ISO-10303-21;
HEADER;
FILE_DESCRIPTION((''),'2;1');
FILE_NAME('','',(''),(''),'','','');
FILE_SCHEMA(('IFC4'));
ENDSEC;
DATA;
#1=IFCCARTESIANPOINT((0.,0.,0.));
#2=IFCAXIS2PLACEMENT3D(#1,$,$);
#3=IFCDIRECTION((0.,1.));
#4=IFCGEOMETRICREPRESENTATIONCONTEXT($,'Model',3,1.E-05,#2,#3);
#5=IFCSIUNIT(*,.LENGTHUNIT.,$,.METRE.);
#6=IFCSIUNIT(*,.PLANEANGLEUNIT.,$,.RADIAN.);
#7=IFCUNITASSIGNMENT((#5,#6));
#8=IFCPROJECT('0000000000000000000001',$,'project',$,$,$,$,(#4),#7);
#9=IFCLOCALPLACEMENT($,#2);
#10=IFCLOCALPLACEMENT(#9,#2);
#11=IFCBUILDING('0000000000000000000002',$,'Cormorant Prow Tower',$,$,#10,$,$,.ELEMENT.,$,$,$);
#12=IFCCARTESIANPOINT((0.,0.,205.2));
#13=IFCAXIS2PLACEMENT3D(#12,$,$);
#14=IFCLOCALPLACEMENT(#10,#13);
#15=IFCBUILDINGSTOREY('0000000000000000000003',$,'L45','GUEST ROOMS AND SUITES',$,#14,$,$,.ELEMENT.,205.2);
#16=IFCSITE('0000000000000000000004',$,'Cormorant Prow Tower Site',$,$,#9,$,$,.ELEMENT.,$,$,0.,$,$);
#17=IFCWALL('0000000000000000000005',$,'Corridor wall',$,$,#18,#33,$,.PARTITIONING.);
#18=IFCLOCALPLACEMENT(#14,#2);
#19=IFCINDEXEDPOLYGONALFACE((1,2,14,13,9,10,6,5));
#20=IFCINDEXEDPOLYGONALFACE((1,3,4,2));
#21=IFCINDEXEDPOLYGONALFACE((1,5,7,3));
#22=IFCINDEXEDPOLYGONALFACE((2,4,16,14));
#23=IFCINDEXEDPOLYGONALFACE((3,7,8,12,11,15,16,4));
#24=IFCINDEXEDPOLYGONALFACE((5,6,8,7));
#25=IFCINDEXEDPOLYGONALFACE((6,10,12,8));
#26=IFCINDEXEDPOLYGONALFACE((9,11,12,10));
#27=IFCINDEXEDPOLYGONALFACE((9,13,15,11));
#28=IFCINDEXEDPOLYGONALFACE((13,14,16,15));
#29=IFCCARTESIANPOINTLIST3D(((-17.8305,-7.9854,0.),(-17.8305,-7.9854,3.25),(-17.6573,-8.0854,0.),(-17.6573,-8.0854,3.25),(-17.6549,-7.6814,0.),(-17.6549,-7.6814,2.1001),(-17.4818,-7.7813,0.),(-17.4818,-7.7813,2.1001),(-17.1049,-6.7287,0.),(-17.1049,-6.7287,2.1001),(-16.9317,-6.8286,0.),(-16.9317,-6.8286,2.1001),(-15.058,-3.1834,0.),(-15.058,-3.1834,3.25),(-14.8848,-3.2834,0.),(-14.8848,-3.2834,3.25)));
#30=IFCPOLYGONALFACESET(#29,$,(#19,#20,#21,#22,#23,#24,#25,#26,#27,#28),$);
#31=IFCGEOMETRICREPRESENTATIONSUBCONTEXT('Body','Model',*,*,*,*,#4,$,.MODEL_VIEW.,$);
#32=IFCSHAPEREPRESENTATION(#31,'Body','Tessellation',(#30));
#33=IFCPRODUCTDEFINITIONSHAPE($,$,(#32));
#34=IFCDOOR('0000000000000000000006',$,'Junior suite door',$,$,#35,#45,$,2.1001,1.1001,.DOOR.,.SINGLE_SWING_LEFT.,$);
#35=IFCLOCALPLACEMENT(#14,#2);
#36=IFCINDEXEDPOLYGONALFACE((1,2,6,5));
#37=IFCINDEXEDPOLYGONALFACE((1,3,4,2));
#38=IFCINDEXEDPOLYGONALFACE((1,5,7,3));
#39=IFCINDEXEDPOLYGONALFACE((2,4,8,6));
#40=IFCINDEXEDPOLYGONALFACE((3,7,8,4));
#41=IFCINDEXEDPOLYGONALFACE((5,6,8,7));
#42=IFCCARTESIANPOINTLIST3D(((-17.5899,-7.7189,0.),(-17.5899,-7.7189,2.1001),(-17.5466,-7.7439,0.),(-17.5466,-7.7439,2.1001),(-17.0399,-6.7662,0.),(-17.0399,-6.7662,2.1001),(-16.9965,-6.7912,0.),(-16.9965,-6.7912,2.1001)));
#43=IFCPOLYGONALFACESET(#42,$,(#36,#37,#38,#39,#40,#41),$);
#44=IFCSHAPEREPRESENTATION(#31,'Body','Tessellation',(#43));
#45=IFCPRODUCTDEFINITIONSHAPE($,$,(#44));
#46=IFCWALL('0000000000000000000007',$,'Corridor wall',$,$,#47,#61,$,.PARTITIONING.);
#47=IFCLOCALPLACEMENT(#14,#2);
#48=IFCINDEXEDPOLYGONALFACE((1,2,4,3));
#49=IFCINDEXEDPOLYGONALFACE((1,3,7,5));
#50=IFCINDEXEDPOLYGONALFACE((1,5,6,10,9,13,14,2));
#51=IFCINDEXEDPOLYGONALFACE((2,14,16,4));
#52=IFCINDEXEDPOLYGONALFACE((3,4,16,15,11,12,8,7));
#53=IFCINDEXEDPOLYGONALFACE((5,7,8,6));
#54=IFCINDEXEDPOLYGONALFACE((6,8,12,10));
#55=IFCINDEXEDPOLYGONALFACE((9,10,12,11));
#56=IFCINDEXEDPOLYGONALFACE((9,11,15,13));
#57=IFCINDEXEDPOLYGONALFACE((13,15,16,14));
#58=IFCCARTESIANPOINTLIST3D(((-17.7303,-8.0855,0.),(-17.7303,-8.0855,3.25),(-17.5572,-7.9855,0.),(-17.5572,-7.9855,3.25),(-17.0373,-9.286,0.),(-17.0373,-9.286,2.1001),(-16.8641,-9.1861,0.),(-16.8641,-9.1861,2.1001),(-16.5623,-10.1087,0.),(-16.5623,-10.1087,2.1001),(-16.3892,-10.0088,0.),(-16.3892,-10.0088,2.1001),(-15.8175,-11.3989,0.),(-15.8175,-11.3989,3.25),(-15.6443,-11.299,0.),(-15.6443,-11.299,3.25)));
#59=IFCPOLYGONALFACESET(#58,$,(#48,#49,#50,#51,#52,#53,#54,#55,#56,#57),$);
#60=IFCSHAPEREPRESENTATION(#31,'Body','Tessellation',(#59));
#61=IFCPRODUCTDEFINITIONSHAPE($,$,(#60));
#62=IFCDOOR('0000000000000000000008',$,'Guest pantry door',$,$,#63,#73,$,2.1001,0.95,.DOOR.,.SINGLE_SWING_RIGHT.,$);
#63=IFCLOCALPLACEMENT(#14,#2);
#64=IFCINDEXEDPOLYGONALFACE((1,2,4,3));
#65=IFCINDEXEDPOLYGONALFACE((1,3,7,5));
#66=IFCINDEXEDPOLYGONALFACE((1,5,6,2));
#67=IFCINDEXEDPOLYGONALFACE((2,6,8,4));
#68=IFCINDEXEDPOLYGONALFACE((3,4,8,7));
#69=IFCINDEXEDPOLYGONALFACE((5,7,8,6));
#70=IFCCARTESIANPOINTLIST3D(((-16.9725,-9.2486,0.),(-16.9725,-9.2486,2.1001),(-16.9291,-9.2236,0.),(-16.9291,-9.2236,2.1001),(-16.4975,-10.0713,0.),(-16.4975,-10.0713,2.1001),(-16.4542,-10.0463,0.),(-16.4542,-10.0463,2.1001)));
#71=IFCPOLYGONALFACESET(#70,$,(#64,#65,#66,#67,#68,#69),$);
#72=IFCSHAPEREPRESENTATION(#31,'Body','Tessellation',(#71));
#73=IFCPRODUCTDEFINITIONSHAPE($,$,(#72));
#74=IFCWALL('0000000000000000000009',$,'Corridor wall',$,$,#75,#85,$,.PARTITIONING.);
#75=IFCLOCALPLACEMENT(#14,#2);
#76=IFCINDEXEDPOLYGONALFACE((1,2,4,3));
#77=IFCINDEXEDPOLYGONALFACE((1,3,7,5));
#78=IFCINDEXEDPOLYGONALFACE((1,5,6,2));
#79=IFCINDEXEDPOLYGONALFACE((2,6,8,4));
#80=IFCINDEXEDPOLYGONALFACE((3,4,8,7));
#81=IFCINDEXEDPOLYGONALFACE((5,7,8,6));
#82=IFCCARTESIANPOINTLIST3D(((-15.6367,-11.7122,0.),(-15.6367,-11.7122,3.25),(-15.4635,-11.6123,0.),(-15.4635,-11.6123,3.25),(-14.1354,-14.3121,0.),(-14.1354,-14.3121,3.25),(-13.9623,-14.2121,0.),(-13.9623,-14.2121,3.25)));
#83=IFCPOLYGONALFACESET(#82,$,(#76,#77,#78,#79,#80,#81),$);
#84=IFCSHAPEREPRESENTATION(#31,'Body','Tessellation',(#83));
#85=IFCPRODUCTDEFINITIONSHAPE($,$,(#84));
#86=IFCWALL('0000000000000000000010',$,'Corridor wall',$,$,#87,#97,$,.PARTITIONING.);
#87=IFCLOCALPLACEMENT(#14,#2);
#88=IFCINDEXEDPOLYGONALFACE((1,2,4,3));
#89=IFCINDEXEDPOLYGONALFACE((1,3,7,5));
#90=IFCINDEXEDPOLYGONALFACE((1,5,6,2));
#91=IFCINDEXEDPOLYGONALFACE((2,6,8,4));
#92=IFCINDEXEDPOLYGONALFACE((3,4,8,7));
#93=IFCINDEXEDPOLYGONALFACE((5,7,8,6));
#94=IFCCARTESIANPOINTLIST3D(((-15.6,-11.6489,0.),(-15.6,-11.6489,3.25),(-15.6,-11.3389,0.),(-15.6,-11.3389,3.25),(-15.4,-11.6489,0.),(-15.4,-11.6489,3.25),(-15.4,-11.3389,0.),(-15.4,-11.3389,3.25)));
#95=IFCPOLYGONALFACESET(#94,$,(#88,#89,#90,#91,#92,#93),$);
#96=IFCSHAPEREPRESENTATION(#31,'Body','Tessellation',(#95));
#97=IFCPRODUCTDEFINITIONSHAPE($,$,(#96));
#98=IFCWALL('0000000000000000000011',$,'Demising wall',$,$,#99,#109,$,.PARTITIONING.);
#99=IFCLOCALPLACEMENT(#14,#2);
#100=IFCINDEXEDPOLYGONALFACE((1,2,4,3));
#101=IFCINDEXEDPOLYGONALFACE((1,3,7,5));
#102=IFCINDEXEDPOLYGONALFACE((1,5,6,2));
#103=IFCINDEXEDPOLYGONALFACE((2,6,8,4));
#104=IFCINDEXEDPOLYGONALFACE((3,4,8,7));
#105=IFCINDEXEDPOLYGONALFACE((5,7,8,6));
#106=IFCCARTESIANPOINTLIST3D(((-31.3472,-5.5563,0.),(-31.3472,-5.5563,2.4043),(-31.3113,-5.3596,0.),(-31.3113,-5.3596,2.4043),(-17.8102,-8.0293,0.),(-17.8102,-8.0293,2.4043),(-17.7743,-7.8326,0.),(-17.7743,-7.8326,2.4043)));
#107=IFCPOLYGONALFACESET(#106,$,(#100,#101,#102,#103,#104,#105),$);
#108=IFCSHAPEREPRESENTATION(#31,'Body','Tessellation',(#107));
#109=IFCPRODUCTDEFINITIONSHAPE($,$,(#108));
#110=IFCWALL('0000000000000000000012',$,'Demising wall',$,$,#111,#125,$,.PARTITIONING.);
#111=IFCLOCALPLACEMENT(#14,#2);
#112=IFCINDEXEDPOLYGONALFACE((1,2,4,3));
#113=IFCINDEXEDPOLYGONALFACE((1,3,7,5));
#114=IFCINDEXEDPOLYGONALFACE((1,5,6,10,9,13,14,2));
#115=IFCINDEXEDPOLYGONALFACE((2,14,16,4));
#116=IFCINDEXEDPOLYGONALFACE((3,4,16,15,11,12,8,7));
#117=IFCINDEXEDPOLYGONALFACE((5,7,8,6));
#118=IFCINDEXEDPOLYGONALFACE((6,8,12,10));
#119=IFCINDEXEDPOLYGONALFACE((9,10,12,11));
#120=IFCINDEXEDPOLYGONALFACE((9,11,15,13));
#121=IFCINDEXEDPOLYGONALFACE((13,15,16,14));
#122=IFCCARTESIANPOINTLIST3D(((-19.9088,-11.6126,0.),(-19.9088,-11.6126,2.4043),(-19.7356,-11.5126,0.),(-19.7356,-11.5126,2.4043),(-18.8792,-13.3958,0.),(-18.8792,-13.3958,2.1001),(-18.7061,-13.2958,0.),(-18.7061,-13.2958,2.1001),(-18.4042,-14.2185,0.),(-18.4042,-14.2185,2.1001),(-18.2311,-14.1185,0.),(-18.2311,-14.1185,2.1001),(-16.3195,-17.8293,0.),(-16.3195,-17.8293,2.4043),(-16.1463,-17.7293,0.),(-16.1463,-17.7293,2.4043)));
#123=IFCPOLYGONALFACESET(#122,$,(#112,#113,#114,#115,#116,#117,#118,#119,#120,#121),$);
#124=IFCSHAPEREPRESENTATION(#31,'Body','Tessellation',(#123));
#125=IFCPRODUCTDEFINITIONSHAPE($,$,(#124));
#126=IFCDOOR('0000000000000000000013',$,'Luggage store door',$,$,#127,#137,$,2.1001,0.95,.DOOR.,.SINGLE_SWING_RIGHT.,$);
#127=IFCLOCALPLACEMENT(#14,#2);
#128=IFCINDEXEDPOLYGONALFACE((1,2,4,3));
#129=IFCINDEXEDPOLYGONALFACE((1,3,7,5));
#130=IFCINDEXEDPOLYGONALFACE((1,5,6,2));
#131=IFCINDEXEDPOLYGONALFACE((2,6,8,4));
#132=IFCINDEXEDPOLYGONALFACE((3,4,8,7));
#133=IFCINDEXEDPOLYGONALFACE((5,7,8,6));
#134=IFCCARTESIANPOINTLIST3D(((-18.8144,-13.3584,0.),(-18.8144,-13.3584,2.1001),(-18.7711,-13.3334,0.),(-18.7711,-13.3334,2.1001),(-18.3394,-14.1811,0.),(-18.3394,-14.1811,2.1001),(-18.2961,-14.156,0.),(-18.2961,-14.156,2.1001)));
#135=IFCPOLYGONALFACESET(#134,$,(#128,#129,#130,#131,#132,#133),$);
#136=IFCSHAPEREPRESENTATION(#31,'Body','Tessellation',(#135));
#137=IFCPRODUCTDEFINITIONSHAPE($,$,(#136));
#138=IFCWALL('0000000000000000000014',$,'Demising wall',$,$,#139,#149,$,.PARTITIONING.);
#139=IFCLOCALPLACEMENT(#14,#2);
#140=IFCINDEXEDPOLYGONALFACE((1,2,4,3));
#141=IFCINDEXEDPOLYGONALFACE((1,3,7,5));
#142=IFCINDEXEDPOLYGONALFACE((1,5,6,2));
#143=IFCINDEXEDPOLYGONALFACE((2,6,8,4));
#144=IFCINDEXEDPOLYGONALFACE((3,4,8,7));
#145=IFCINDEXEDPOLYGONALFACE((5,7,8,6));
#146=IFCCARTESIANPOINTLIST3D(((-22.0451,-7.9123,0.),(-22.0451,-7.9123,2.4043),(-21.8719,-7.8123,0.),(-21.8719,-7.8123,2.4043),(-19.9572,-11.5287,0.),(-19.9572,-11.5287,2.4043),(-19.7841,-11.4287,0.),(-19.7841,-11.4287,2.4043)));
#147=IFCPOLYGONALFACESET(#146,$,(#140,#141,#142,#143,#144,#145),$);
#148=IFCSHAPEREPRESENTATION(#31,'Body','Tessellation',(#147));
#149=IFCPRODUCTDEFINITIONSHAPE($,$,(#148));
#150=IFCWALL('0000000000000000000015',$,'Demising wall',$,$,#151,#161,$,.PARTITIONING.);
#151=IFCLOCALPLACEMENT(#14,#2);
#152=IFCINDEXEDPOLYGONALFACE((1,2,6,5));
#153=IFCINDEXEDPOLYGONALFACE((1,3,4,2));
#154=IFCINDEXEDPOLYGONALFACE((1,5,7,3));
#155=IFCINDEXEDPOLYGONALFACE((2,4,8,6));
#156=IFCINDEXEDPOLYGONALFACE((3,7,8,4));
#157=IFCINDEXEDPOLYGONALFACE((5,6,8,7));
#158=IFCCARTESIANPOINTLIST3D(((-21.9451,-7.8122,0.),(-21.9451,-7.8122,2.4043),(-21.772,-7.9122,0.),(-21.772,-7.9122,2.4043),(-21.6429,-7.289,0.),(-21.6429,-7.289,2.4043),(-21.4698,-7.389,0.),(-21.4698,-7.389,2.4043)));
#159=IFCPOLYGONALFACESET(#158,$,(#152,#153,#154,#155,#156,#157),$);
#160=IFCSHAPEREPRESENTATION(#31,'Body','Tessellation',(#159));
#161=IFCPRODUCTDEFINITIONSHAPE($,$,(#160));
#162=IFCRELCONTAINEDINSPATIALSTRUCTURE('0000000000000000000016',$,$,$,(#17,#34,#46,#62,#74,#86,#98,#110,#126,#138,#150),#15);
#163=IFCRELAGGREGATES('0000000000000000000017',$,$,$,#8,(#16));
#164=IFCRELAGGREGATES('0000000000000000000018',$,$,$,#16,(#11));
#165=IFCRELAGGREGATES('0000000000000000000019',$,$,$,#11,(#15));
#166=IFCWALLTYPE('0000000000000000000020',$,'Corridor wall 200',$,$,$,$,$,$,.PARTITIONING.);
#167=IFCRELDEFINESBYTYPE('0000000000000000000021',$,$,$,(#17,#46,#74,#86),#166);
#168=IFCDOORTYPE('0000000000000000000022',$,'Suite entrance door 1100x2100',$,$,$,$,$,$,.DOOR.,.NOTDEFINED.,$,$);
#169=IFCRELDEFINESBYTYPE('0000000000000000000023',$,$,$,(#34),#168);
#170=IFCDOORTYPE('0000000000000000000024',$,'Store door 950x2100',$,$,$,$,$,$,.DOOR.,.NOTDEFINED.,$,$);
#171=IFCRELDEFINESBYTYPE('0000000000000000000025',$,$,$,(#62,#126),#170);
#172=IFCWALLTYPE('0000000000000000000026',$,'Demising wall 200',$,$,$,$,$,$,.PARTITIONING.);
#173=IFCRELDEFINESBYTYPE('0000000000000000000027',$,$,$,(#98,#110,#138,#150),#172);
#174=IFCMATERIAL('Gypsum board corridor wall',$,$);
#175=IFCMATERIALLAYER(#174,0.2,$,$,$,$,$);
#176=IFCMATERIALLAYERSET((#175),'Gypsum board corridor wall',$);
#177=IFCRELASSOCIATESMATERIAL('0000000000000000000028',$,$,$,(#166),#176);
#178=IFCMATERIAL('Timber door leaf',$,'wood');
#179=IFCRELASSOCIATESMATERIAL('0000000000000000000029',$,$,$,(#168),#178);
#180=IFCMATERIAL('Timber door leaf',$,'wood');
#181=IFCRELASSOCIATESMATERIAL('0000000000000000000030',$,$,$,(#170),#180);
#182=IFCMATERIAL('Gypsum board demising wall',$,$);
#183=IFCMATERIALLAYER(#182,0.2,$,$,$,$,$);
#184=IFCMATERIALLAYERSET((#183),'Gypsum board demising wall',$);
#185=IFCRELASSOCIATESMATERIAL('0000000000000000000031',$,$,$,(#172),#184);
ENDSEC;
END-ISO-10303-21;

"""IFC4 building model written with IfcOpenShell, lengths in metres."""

from ifc_helpers import new_model, si_unit, direction, frame, frame_2d, origin, place, context, subcontext, project, spatial, rectangle, extrude, material, layer, layer_set, type_object, element, fill, save


model = new_model("IFC4")

# Units and contexts
model_context = context("Model", 3, precision=1e-05, world=origin(), true_north=direction((0.0, 1.0)))
body_context = subcontext(model_context, "Body", "Model", "MODEL_VIEW")
ifc_project = project(units=[si_unit("LENGTHUNIT", "METRE"), si_unit("PLANEANGLEUNIT", "RADIAN")], contexts=[model_context])

# Site, building, storey
site_placement = place(None, origin())
site = spatial("IfcSite", under=ifc_project, at=site_placement, Name="Cormorant Prow Tower Site", CompositionType="ELEMENT", RefElevation=0.0)
building_placement = place(site_placement, origin())
building = spatial("IfcBuilding", under=site, at=building_placement, Name="Cormorant Prow Tower", CompositionType="ELEMENT")
storey_placement = place(building_placement, frame((0.0, 0.0, 205.2)))
storey = spatial("IfcBuildingStorey", under=building, at=storey_placement, Name="L45", Description="GUEST ROOMS AND SUITES", CompositionType="ELEMENT", Elevation=205.2)

# Walls, openings, doors
ifc_material_1 = material(Name="Gypsum board corridor wall")
ifc_layer_1 = layer(ifc_material_1, 0.2)
ifc_layer_set_1 = layer_set([ifc_layer_1], Name="Gypsum board corridor wall")
wall_type_1 = type_object("IfcWallType", Name="Corridor wall 200", PredefinedType="PARTITIONING", material=ifc_layer_set_1)
wall_1_placement = place(storey_placement, frame((-17.7439, -8.0354, 0.0), z_axis=(0.0, 0.0, 1.0), x_axis=(0.500003, 0.866024, 0.0)))
wall_1 = element("IfcWall", 1, at=wall_1_placement, inside=storey, type_object=wall_type_1, Name="Corridor wall", PredefinedType="PARTITIONING", context=body_context, shape_type="SweptSolid", body=[
    extrude(rectangle(XDim=5.5449, YDim=0.2, at=frame_2d((2.7725, 0.0))), origin(), (0.0, 0.0, 1.0), 3.25),
])
opening_1_placement = place(wall_1_placement, frame((0.3511, 0.0, 0.0)))
opening_1 = element("IfcOpeningElement", 2, at=opening_1_placement, cuts=wall_1, PredefinedType="OPENING", context=body_context, shape_type="SweptSolid", body=[
    extrude(rectangle(XDim=1.1001, YDim=2.1001, at=frame_2d((0.55, 1.05))), frame((0.0, 0.1099, 0.0), z_axis=(0.0, -1.0, 0.0), x_axis=(1.0, 0.0, 0.0)), (0.0, 0.0, 1.0), 0.22),
])
ifc_material_2 = material(Name="Timber door leaf", Category="wood")
door_type_1 = type_object("IfcDoorType", Name="Suite entrance door 1100x2100", OperationType="NOTDEFINED", PredefinedType="DOOR", material=ifc_material_2)
door_1_placement = place(opening_1_placement, origin())
door_1 = element("IfcDoor", 3, at=door_1_placement, inside=storey, type_object=door_type_1, Name="Junior suite door", OperationType="SINGLE_SWING_LEFT", OverallHeight=2.1001, OverallWidth=1.1001, PredefinedType="DOOR", context=body_context, shape_type="SweptSolid", body=[
    extrude(rectangle(XDim=1.1001, YDim=2.1001, at=frame_2d((0.55, 1.05))), frame((0.0, 0.0249, 0.0), z_axis=(0.0, -1.0, 0.0), x_axis=(1.0, 0.0, 0.0)), (0.0, 0.0, 1.0), 0.05),
])
fill(opening_1, door_1)
wall_2_placement = place(storey_placement, frame((-17.6438, -8.0354, 0.0), z_axis=(0.0, 0.0, 1.0), x_axis=(0.499962, -0.866047, 0.0)))
wall_2 = element("IfcWall", 4, at=wall_2_placement, inside=storey, type_object=wall_type_1, Name="Corridor wall", PredefinedType="PARTITIONING", context=body_context, shape_type="SweptSolid", body=[
    extrude(rectangle(XDim=3.8259, YDim=0.2, at=frame_2d((1.9131, 0.0))), origin(), (0.0, 0.0, 1.0), 3.25),
])
opening_2_placement = place(wall_2_placement, frame((1.3862, 0.0, 0.0)))
opening_2 = element("IfcOpeningElement", 5, at=opening_2_placement, cuts=wall_2, PredefinedType="OPENING", context=body_context, shape_type="SweptSolid", body=[
    extrude(rectangle(XDim=0.95, YDim=2.1001, at=frame_2d((0.4751, 1.05))), frame((0.0, 0.1099, 0.0), z_axis=(0.0, -1.0, 0.0), x_axis=(1.0, 0.0, 0.0)), (0.0, 0.0, 1.0), 0.22),
])
ifc_material_3 = material(Name="Timber door leaf", Category="wood")
door_type_2 = type_object("IfcDoorType", Name="Store door 950x2100", OperationType="NOTDEFINED", PredefinedType="DOOR", material=ifc_material_3)
door_2_placement = place(opening_2_placement, origin())
door_2 = element("IfcDoor", 6, at=door_2_placement, inside=storey, type_object=door_type_2, Name="Guest pantry door", OperationType="SINGLE_SWING_RIGHT", OverallHeight=2.1001, OverallWidth=0.95, PredefinedType="DOOR", context=body_context, shape_type="SweptSolid", body=[
    extrude(rectangle(XDim=0.95, YDim=2.1001, at=frame_2d((0.4751, 1.05))), frame((0.0, 0.0249, 0.0), z_axis=(0.0, -1.0, 0.0), x_axis=(1.0, 0.0, 0.0)), (0.0, 0.0, 1.0), 0.05),
])
fill(opening_2, door_2)

# Walls
wall_3_placement = place(storey_placement, frame((-15.55, -11.6624, 0.0), z_axis=(0.0, 0.0, 1.0), x_axis=(0.500049, -0.865997, 0.0)))
element("IfcWall", 7, at=wall_3_placement, inside=storey, type_object=wall_type_1, Name="Corridor wall", PredefinedType="PARTITIONING", context=body_context, shape_type="SweptSolid", body=[
    extrude(rectangle(XDim=3.0022, YDim=0.2, at=frame_2d((1.501, 0.0))), origin(), (0.0, 0.0, 1.0), 3.25),
])
wall_4_placement = place(storey_placement, frame((-15.5, -11.6489, 0.0), z_axis=(0.0, 0.0, 1.0), x_axis=(0.0, 1.0, 0.0)))
element("IfcWall", 8, at=wall_4_placement, inside=storey, type_object=wall_type_1, Name="Corridor wall", PredefinedType="PARTITIONING", context=body_context, shape_type="SweptSolid", body=[
    extrude(rectangle(XDim=0.3101, YDim=0.2, at=frame_2d((0.155, 0.0))), origin(), (0.0, 0.0, 1.0), 3.25),
])
ifc_material_4 = material(Name="Gypsum board demising wall")
ifc_layer_2 = layer(ifc_material_4, 0.2)
ifc_layer_set_2 = layer_set([ifc_layer_2], Name="Gypsum board demising wall")
wall_type_2 = type_object("IfcWallType", Name="Demising wall 200", PredefinedType="PARTITIONING", material=ifc_layer_set_2)
wall_5_placement = place(storey_placement, frame((-31.3291, -5.458, 0.0), z_axis=(0.0, 0.0, 1.0), x_axis=(0.983721, -0.179705, 0.0)))
element("IfcWall", 9, at=wall_5_placement, inside=storey, type_object=wall_type_2, Name="Demising wall", PredefinedType="PARTITIONING", context=body_context, shape_type="SweptSolid", body=[
    extrude(rectangle(XDim=13.761, YDim=0.2, at=frame_2d((6.8804, 0.0))), origin(), (0.0, 0.0, 1.0), 2.4043),
])

# Wall, opening, door
wall_6_placement = place(storey_placement, frame((-19.8223, -11.5625, 0.0), z_axis=(0.0, 0.0, 1.0), x_axis=(0.500009, -0.86602, 0.0)))
wall_6 = element("IfcWall", 10, at=wall_6_placement, inside=storey, type_object=wall_type_2, Name="Demising wall", PredefinedType="PARTITIONING", context=body_context, shape_type="SweptSolid", body=[
    extrude(rectangle(XDim=7.1785, YDim=0.2, at=frame_2d((3.5894, 0.0))), origin(), (0.0, 0.0, 1.0), 2.4043),
])
opening_3_placement = place(wall_6_placement, frame((2.0591, 0.0, 0.0)))
opening_3 = element("IfcOpeningElement", 11, at=opening_3_placement, cuts=wall_6, PredefinedType="OPENING", context=body_context, shape_type="SweptSolid", body=[
    extrude(rectangle(XDim=0.95, YDim=2.1001, at=frame_2d((0.4751, 1.05))), frame((0.0, 0.1099, 0.0), z_axis=(0.0, -1.0, 0.0), x_axis=(1.0, 0.0, 0.0)), (0.0, 0.0, 1.0), 0.22),
])
door_3_placement = place(opening_3_placement, origin())
door_3 = element("IfcDoor", 12, at=door_3_placement, inside=storey, type_object=door_type_2, Name="Luggage store door", OperationType="SINGLE_SWING_RIGHT", OverallHeight=2.1001, OverallWidth=0.95, PredefinedType="DOOR", context=body_context, shape_type="SweptSolid", body=[
    extrude(rectangle(XDim=0.95, YDim=2.1001, at=frame_2d((0.4751, 1.05))), frame((0.0, 0.0249, 0.0), z_axis=(0.0, -1.0, 0.0), x_axis=(1.0, 0.0, 0.0)), (0.0, 0.0, 1.0), 0.05),
])
fill(opening_3, door_3)

# Walls
wall_7_placement = place(storey_placement, frame((-21.9585, -7.8623, 0.0), z_axis=(0.0, 0.0, 1.0), x_axis=(0.499987, -0.866033, 0.0)))
element("IfcWall", 13, at=wall_7_placement, inside=storey, type_object=wall_type_2, Name="Demising wall", PredefinedType="PARTITIONING", context=body_context, shape_type="SweptSolid", body=[
    extrude(rectangle(XDim=4.1758, YDim=0.2, at=frame_2d((2.0879, 0.0))), origin(), (0.0, 0.0, 1.0), 2.4043),
])
wall_8_placement = place(storey_placement, frame((-21.8586, -7.8623, 0.0), z_axis=(0.0, 0.0, 1.0), x_axis=(0.500224, 0.865896, 0.0)))
element("IfcWall", 14, at=wall_8_placement, inside=storey, type_object=wall_type_2, Name="Demising wall", PredefinedType="PARTITIONING", context=body_context, shape_type="SweptSolid", body=[
    extrude(rectangle(XDim=0.6042, YDim=0.2, at=frame_2d((0.3022, 0.0))), origin(), (0.0, 0.0, 1.0), 2.4043),
])

save(model, "model.ifc")
